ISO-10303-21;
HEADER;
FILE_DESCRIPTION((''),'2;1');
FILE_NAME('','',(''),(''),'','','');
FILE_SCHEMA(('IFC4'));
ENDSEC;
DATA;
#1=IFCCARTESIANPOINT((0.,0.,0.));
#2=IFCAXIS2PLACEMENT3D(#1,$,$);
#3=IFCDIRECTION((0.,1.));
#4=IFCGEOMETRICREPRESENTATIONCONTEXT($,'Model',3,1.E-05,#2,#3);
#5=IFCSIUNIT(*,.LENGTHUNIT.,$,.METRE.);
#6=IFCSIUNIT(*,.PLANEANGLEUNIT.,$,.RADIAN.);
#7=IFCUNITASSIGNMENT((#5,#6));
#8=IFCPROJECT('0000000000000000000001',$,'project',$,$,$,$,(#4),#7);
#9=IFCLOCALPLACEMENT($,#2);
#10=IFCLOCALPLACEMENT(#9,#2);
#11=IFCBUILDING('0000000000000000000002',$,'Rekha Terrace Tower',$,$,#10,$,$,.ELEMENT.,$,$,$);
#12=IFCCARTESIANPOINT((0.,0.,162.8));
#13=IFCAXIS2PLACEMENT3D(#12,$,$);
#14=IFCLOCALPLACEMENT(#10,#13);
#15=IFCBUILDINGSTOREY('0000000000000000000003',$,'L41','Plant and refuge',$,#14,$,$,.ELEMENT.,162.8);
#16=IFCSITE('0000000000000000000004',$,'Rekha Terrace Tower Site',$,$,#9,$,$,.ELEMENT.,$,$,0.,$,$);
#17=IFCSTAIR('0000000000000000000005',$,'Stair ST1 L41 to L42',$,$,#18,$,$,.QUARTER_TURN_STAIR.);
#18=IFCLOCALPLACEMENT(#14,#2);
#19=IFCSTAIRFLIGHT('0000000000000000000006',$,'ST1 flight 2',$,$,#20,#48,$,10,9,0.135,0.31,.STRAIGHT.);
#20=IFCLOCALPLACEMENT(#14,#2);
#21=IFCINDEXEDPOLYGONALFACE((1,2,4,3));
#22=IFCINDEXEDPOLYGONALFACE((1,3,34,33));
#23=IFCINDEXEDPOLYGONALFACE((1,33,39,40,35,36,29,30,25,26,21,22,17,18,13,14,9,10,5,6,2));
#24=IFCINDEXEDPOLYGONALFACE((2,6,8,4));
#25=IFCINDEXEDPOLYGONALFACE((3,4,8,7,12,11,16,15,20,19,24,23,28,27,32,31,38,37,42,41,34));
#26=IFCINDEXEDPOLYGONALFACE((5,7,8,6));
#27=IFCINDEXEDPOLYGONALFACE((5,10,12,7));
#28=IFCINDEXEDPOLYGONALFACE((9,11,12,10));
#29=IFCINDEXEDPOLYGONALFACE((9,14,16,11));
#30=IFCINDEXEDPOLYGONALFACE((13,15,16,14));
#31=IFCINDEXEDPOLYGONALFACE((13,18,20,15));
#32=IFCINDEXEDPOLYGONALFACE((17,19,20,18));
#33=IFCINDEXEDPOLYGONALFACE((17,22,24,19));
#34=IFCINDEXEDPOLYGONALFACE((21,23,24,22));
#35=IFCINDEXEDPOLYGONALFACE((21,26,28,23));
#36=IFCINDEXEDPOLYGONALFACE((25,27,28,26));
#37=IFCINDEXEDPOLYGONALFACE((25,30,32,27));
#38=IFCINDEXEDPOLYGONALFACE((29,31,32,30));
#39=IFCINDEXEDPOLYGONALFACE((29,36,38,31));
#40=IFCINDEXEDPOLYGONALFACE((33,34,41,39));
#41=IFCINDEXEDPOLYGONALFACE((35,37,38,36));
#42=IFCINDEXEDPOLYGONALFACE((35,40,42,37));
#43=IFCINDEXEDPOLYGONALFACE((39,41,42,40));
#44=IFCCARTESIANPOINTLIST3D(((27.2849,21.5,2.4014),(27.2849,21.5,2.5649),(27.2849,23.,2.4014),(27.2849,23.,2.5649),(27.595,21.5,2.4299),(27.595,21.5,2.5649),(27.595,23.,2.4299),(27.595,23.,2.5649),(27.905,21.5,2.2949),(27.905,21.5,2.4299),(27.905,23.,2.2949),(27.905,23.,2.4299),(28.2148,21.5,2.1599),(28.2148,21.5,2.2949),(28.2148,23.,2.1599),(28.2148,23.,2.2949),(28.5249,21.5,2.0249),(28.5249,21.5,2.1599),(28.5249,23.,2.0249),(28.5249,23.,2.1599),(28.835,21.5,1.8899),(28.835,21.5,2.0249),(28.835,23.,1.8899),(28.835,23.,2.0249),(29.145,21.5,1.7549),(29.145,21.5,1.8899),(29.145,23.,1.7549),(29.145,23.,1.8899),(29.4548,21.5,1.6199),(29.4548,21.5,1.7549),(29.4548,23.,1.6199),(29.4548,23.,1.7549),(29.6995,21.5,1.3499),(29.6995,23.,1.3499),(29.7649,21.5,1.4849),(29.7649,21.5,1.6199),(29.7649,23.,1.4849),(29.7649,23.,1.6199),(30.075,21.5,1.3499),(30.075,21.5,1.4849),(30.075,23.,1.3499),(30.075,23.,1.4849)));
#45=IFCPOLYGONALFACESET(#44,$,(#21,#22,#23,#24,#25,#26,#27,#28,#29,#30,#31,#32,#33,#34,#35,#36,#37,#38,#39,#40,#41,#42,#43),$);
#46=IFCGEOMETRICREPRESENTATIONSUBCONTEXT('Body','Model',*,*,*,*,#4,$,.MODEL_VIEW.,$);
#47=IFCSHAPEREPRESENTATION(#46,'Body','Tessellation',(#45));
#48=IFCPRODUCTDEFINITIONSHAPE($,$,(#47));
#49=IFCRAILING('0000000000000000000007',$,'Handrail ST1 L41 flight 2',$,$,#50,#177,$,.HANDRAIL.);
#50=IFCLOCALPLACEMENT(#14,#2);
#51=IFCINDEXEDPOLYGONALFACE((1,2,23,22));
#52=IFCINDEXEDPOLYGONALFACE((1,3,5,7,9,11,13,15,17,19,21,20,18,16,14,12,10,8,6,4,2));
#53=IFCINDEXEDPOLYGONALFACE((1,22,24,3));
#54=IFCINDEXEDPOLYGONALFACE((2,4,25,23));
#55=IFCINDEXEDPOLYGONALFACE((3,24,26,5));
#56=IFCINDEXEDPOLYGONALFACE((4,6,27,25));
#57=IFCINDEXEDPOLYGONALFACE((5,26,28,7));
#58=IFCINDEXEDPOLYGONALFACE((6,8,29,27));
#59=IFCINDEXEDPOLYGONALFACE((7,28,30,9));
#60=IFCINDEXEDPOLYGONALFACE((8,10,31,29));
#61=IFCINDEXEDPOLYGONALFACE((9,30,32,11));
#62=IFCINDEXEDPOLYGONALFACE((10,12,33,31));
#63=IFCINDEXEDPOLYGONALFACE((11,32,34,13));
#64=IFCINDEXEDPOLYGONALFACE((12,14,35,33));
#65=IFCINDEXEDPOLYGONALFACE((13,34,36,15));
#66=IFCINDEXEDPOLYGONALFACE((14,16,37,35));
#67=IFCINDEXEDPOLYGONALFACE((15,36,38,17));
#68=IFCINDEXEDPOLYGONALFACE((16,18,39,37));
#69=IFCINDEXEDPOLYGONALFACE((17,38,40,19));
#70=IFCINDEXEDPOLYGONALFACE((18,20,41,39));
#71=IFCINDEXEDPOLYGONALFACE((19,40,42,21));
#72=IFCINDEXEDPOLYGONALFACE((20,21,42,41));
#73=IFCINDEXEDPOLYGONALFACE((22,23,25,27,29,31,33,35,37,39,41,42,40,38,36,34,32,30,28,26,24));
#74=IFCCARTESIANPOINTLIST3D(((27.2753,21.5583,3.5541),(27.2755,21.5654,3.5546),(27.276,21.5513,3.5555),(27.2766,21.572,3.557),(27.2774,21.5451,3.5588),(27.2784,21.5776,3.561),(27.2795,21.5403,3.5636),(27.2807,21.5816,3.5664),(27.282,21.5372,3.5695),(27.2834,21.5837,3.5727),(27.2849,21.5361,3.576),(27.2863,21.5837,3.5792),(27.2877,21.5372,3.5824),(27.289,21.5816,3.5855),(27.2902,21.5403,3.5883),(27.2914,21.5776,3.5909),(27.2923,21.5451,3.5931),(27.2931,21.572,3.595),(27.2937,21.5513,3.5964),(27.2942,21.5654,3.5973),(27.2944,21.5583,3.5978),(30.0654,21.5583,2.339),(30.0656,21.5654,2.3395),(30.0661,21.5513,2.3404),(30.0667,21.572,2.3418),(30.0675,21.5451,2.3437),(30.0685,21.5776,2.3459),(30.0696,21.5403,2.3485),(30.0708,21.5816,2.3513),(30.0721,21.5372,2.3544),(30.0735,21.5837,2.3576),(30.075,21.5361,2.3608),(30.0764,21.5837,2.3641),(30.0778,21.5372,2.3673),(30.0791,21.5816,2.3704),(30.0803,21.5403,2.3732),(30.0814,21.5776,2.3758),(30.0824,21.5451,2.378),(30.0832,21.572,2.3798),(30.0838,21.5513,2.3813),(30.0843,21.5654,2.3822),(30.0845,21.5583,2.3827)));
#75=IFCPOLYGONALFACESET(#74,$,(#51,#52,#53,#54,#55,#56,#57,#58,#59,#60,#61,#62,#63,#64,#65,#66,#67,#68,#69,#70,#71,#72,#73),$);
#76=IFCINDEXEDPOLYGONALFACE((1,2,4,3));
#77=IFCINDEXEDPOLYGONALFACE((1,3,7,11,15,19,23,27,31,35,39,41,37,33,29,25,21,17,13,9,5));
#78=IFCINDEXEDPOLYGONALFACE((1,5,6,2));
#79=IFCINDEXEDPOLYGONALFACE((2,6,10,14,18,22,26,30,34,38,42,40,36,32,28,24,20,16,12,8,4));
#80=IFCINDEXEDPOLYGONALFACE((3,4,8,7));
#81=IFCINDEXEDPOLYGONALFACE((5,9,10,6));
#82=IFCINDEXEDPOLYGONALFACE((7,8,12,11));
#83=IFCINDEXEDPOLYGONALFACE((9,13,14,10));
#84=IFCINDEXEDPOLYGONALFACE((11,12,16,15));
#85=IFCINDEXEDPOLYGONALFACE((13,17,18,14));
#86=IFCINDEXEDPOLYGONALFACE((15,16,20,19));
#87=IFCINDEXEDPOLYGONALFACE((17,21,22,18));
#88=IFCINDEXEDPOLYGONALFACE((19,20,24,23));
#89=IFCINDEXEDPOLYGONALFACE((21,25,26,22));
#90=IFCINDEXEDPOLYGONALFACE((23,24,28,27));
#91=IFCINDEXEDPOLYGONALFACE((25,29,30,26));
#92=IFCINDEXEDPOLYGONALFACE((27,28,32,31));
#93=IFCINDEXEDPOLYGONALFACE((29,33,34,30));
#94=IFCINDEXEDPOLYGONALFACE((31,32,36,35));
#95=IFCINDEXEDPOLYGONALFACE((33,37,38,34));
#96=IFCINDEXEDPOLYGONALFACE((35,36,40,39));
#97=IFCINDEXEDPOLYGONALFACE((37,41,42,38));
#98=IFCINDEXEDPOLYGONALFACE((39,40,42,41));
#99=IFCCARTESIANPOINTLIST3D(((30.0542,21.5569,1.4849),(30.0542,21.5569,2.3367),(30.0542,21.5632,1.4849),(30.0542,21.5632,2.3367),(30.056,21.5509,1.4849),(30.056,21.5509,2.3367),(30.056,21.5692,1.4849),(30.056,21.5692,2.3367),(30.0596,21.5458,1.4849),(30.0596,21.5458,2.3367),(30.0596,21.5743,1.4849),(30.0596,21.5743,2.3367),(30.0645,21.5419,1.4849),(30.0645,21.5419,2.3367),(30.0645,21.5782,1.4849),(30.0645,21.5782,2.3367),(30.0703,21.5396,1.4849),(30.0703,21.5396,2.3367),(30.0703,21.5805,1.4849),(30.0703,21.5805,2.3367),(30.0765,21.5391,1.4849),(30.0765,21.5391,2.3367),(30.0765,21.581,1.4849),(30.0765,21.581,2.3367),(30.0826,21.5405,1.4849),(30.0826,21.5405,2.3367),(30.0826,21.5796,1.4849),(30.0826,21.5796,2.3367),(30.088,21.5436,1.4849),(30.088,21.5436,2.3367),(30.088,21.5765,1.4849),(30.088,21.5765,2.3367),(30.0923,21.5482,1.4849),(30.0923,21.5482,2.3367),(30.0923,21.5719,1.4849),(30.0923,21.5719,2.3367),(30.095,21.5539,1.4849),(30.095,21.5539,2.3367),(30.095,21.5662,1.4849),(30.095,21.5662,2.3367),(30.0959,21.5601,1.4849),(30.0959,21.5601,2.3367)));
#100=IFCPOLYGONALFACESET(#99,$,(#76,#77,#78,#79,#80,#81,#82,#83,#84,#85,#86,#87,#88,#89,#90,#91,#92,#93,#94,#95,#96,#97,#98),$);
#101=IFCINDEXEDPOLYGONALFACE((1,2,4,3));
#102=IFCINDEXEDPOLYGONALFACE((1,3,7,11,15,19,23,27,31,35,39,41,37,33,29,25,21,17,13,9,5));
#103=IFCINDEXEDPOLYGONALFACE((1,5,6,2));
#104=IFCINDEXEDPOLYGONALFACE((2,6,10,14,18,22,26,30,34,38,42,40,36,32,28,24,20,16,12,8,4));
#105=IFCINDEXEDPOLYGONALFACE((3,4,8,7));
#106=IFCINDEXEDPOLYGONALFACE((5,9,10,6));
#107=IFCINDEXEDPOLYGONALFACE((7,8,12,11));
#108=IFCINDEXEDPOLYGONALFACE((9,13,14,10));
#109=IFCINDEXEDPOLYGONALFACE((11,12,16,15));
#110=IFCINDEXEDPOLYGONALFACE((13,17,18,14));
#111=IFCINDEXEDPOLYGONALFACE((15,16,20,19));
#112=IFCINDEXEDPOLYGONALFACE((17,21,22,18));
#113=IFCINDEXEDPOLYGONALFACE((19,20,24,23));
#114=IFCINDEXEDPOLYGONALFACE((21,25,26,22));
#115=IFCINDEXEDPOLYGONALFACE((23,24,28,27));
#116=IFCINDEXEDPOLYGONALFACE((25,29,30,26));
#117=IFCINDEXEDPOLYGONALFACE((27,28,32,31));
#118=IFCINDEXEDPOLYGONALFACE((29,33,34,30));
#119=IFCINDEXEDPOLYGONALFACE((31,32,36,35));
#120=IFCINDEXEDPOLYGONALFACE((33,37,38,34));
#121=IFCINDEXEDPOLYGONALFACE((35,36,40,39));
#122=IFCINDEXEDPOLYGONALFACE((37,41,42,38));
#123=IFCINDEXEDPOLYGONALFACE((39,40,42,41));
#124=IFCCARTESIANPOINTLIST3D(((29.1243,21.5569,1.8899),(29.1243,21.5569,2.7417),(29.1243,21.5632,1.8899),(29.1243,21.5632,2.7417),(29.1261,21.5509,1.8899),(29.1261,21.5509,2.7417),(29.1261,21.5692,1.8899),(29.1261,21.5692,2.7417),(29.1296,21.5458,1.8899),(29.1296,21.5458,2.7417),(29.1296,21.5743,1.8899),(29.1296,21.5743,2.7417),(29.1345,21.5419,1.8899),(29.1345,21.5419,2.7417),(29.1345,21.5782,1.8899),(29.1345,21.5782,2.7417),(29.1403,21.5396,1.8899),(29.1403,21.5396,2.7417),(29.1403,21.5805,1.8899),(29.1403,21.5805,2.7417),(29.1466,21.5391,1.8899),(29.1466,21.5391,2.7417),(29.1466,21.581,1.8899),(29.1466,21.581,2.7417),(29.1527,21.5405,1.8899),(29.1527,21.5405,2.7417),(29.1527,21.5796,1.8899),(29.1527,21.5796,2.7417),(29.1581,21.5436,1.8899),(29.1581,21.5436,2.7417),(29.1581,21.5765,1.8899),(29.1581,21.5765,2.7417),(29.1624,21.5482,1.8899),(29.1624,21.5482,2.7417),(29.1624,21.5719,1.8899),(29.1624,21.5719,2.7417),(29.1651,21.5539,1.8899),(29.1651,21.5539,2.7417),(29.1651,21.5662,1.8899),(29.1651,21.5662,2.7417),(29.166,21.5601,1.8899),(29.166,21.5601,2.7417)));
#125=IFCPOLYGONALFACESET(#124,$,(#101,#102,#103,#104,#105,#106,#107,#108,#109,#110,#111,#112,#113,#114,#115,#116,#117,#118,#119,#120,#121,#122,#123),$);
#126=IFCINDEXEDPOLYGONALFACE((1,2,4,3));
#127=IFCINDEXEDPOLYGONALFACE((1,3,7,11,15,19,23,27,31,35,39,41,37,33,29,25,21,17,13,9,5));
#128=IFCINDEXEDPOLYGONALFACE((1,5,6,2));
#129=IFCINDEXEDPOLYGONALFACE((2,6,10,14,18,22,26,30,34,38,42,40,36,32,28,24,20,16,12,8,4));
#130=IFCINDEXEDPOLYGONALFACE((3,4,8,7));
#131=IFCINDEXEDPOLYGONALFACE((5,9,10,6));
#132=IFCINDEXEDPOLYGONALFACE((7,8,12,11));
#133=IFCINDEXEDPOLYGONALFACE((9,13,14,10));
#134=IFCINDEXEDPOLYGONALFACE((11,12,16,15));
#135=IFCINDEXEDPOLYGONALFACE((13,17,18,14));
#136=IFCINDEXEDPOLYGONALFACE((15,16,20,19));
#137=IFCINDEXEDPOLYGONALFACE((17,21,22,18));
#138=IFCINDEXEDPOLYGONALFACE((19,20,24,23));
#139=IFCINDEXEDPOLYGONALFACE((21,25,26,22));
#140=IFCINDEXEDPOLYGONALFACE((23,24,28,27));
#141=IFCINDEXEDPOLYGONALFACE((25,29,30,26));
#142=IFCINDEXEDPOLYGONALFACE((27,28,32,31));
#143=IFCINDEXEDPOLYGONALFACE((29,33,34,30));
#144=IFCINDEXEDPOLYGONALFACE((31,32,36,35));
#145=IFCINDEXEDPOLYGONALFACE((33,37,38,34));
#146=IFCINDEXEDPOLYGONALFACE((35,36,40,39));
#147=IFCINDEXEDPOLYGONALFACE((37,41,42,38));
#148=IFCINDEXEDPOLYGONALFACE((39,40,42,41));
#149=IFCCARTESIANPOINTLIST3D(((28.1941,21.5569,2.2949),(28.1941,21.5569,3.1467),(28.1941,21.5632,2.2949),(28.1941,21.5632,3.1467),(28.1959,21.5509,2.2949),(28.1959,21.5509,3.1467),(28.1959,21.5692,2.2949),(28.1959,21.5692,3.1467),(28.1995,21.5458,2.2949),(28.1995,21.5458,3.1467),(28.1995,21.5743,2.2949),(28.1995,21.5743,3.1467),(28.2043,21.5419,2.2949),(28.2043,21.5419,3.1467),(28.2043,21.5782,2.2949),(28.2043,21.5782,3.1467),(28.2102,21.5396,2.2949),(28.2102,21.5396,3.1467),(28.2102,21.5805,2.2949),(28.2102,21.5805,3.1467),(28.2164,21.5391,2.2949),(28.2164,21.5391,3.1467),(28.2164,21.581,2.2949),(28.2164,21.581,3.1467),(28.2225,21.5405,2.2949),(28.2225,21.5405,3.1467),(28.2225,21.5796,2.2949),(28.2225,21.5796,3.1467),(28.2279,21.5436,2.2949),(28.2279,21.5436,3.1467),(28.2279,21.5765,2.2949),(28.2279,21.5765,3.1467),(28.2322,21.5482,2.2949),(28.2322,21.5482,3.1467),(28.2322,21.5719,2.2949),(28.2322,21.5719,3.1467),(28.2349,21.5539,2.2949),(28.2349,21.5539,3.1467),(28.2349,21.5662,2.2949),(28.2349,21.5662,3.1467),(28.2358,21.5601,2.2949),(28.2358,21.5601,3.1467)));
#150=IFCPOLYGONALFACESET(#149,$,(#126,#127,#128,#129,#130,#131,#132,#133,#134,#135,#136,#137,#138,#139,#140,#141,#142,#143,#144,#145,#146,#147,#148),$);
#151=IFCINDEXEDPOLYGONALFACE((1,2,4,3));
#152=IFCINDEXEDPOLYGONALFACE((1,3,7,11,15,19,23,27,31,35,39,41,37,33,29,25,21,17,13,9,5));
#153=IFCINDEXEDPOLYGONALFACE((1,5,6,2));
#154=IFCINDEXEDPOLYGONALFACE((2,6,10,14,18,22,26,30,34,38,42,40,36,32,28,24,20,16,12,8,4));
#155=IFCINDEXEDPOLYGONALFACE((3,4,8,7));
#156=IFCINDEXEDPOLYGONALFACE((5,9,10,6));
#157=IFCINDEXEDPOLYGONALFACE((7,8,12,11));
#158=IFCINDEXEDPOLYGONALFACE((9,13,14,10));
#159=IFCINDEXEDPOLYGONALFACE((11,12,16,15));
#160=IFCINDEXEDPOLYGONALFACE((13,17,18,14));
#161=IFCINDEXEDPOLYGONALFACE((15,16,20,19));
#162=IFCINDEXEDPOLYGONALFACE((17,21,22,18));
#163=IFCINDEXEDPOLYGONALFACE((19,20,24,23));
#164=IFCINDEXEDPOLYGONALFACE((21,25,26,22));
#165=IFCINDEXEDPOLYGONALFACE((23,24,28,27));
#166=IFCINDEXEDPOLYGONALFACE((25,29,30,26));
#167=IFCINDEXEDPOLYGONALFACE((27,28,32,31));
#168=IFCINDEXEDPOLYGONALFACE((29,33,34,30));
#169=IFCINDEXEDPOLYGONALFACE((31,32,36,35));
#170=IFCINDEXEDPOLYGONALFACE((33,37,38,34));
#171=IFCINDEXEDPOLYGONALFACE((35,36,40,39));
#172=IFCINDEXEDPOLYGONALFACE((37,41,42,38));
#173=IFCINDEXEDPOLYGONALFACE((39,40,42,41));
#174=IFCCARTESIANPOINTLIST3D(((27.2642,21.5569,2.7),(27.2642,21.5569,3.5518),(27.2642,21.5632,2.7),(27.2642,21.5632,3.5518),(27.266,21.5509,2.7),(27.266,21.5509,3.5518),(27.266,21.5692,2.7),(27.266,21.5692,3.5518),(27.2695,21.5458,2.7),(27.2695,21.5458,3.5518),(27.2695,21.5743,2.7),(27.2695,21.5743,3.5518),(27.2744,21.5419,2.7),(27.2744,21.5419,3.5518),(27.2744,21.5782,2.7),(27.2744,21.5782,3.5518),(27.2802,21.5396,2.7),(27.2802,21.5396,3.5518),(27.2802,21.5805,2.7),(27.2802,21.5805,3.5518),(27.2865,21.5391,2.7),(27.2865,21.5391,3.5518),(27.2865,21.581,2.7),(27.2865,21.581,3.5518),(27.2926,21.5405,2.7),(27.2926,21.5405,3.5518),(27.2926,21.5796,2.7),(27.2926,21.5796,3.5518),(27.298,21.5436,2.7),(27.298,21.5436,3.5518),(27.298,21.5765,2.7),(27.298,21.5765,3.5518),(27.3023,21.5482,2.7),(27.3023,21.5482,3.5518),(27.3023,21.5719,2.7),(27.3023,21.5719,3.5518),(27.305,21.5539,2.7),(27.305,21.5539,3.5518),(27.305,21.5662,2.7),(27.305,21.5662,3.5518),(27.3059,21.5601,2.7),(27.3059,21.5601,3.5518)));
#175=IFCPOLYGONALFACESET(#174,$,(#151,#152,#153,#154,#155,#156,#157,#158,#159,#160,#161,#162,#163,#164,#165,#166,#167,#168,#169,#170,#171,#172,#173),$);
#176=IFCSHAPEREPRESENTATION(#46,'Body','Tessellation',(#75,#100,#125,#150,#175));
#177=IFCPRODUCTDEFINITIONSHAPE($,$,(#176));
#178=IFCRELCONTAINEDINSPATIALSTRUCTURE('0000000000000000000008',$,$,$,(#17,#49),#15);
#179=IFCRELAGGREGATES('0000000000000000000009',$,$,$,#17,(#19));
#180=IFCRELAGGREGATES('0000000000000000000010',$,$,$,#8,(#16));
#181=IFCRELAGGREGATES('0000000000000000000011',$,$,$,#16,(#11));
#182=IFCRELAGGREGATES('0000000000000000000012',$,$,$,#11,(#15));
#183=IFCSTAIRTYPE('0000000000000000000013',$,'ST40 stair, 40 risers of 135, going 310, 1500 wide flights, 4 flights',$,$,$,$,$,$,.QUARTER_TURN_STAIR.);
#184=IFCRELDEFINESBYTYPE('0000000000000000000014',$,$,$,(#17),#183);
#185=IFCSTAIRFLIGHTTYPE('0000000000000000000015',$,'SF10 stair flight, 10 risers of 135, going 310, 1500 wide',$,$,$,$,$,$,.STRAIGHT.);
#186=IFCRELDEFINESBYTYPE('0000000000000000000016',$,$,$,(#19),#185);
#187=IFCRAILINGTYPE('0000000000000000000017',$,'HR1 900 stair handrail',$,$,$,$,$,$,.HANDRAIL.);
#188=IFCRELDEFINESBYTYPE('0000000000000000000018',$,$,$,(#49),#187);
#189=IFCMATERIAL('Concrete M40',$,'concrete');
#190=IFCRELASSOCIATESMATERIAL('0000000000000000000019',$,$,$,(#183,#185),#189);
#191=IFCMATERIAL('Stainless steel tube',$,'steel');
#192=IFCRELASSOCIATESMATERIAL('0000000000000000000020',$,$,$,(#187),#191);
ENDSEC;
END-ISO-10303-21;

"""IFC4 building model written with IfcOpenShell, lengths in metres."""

from ifc_helpers import new_model, si_unit, direction, frame, origin, origin_2d, place, context, subcontext, project, spatial, polyline, circle, outline, extrude, material, type_object, element, aggregate, save


model = new_model("IFC4")

# Units and contexts
model_context = context("Model", 3, precision=1e-05, world=origin(), true_north=direction((0.0, 1.0)))
body_context = subcontext(model_context, "Body", "Model", "MODEL_VIEW")
ifc_project = project(units=[si_unit("LENGTHUNIT", "METRE"), si_unit("PLANEANGLEUNIT", "RADIAN")], contexts=[model_context])

# Site, building, storey
site_placement = place(None, origin())
site = spatial("IfcSite", under=ifc_project, at=site_placement, Name="Rekha Terrace Tower Site", CompositionType="ELEMENT", RefElevation=0.0)
building_placement = place(site_placement, origin())
building = spatial("IfcBuilding", under=site, at=building_placement, Name="Rekha Terrace Tower", CompositionType="ELEMENT")
storey_placement = place(building_placement, frame((0.0, 0.0, 162.8)))
storey = spatial("IfcBuildingStorey", under=building, at=storey_placement, Name="L41", Description="Plant and refuge", CompositionType="ELEMENT", Elevation=162.8)

# Stair, stair flight
ifc_material_1 = material(Name="Concrete M40", Category="concrete")
stair_type = type_object("IfcStairType", Name="ST40 stair, 40 risers of 135, going 310, 1500 wide flights, 4 flights", PredefinedType="QUARTER_TURN_STAIR", material=ifc_material_1)
stair_placement = place(storey_placement, origin())
stair = element("IfcStair", 1, at=stair_placement, inside=storey, type_object=stair_type, Name="Stair ST1 L41 to L42", PredefinedType="QUARTER_TURN_STAIR")
stair_flight_type = type_object("IfcStairFlightType", Name="SF10 stair flight, 10 risers of 135, going 310, 1500 wide", PredefinedType="STRAIGHT", material=ifc_material_1)
stair_flight_placement = place(storey_placement, frame((30.075, 22.25, 1.3499), z_axis=(0.0, 0.0, 1.0), x_axis=(-1.0, 0.0, 0.0)))
stair_flight = element("IfcStairFlight", 2, at=stair_flight_placement, type_object=stair_flight_type, Name="ST1 flight 2", NumberOfRisers=10, NumberOfTreads=9, PredefinedType="STRAIGHT", RiserHeight=0.135, TreadLength=0.31, context=body_context, shape_type="SweptSolid", body=[
    extrude(outline(polyline([(0.0, 0.0), (0.0, 0.135), (0.3101, 0.135), (0.3101, 0.27), (0.6201, 0.27), (0.6201, 0.405), (0.9299, 0.405), (0.9299, 0.54), (1.24, 0.54), (1.24, 0.675), (1.55, 0.675), (1.55, 0.8101), (1.8601, 0.8101), (1.8601, 0.9451), (2.1699, 0.9451), (2.1699, 1.0801), (2.48, 1.0801), (2.48, 1.2151), (2.79, 1.2151), (2.79, 1.3501), (2.79, 1.0515), (0.3755, 0.0), (0.0, 0.0)])), frame((0.0, 0.75, 0.0), z_axis=(0.0, -1.0, 0.0), x_axis=(1.0, 0.0, 0.0)), (0.0, 0.0, 1.0), 1.5),
])
aggregate(stair, [stair_flight])

# Railing
ifc_material_2 = material(Name="Stainless steel tube", Category="steel")
railing_type = type_object("IfcRailingType", Name="HR1 900 stair handrail", PredefinedType="HANDRAIL", material=ifc_material_2)
railing_placement = place(storey_placement, frame((30.075, 21.5601, 1.4849)))
element("IfcRailing", 3, at=railing_placement, inside=storey, type_object=railing_type, Name="Handrail ST1 L41 flight 2", PredefinedType="HANDRAIL", context=body_context, shape_type="SweptSolid", body=[
    extrude(circle(Radius=0.0239, at=origin_2d()), frame((0.0, 0.0, 0.876), z_axis=(-0.916826, 0.0, 0.399286), x_axis=(0.0, -1.0, 0.0)), (0.0, 0.0, 1.0), 3.0432),
    extrude(circle(Radius=0.021, at=origin_2d()), origin(), (0.0, 0.0, 1.0), 0.8518),
    extrude(circle(Radius=0.021, at=origin_2d()), frame((-0.9299, 0.0, 0.405)), (0.0, 0.0, 1.0), 0.8518),
    extrude(circle(Radius=0.021, at=origin_2d()), frame((-1.8601, 0.0, 0.8101)), (0.0, 0.0, 1.0), 0.8518),
    extrude(circle(Radius=0.021, at=origin_2d()), frame((-2.79, 0.0, 1.2151)), (0.0, 0.0, 1.0), 0.8518),
])

save(model, "model.ifc")
